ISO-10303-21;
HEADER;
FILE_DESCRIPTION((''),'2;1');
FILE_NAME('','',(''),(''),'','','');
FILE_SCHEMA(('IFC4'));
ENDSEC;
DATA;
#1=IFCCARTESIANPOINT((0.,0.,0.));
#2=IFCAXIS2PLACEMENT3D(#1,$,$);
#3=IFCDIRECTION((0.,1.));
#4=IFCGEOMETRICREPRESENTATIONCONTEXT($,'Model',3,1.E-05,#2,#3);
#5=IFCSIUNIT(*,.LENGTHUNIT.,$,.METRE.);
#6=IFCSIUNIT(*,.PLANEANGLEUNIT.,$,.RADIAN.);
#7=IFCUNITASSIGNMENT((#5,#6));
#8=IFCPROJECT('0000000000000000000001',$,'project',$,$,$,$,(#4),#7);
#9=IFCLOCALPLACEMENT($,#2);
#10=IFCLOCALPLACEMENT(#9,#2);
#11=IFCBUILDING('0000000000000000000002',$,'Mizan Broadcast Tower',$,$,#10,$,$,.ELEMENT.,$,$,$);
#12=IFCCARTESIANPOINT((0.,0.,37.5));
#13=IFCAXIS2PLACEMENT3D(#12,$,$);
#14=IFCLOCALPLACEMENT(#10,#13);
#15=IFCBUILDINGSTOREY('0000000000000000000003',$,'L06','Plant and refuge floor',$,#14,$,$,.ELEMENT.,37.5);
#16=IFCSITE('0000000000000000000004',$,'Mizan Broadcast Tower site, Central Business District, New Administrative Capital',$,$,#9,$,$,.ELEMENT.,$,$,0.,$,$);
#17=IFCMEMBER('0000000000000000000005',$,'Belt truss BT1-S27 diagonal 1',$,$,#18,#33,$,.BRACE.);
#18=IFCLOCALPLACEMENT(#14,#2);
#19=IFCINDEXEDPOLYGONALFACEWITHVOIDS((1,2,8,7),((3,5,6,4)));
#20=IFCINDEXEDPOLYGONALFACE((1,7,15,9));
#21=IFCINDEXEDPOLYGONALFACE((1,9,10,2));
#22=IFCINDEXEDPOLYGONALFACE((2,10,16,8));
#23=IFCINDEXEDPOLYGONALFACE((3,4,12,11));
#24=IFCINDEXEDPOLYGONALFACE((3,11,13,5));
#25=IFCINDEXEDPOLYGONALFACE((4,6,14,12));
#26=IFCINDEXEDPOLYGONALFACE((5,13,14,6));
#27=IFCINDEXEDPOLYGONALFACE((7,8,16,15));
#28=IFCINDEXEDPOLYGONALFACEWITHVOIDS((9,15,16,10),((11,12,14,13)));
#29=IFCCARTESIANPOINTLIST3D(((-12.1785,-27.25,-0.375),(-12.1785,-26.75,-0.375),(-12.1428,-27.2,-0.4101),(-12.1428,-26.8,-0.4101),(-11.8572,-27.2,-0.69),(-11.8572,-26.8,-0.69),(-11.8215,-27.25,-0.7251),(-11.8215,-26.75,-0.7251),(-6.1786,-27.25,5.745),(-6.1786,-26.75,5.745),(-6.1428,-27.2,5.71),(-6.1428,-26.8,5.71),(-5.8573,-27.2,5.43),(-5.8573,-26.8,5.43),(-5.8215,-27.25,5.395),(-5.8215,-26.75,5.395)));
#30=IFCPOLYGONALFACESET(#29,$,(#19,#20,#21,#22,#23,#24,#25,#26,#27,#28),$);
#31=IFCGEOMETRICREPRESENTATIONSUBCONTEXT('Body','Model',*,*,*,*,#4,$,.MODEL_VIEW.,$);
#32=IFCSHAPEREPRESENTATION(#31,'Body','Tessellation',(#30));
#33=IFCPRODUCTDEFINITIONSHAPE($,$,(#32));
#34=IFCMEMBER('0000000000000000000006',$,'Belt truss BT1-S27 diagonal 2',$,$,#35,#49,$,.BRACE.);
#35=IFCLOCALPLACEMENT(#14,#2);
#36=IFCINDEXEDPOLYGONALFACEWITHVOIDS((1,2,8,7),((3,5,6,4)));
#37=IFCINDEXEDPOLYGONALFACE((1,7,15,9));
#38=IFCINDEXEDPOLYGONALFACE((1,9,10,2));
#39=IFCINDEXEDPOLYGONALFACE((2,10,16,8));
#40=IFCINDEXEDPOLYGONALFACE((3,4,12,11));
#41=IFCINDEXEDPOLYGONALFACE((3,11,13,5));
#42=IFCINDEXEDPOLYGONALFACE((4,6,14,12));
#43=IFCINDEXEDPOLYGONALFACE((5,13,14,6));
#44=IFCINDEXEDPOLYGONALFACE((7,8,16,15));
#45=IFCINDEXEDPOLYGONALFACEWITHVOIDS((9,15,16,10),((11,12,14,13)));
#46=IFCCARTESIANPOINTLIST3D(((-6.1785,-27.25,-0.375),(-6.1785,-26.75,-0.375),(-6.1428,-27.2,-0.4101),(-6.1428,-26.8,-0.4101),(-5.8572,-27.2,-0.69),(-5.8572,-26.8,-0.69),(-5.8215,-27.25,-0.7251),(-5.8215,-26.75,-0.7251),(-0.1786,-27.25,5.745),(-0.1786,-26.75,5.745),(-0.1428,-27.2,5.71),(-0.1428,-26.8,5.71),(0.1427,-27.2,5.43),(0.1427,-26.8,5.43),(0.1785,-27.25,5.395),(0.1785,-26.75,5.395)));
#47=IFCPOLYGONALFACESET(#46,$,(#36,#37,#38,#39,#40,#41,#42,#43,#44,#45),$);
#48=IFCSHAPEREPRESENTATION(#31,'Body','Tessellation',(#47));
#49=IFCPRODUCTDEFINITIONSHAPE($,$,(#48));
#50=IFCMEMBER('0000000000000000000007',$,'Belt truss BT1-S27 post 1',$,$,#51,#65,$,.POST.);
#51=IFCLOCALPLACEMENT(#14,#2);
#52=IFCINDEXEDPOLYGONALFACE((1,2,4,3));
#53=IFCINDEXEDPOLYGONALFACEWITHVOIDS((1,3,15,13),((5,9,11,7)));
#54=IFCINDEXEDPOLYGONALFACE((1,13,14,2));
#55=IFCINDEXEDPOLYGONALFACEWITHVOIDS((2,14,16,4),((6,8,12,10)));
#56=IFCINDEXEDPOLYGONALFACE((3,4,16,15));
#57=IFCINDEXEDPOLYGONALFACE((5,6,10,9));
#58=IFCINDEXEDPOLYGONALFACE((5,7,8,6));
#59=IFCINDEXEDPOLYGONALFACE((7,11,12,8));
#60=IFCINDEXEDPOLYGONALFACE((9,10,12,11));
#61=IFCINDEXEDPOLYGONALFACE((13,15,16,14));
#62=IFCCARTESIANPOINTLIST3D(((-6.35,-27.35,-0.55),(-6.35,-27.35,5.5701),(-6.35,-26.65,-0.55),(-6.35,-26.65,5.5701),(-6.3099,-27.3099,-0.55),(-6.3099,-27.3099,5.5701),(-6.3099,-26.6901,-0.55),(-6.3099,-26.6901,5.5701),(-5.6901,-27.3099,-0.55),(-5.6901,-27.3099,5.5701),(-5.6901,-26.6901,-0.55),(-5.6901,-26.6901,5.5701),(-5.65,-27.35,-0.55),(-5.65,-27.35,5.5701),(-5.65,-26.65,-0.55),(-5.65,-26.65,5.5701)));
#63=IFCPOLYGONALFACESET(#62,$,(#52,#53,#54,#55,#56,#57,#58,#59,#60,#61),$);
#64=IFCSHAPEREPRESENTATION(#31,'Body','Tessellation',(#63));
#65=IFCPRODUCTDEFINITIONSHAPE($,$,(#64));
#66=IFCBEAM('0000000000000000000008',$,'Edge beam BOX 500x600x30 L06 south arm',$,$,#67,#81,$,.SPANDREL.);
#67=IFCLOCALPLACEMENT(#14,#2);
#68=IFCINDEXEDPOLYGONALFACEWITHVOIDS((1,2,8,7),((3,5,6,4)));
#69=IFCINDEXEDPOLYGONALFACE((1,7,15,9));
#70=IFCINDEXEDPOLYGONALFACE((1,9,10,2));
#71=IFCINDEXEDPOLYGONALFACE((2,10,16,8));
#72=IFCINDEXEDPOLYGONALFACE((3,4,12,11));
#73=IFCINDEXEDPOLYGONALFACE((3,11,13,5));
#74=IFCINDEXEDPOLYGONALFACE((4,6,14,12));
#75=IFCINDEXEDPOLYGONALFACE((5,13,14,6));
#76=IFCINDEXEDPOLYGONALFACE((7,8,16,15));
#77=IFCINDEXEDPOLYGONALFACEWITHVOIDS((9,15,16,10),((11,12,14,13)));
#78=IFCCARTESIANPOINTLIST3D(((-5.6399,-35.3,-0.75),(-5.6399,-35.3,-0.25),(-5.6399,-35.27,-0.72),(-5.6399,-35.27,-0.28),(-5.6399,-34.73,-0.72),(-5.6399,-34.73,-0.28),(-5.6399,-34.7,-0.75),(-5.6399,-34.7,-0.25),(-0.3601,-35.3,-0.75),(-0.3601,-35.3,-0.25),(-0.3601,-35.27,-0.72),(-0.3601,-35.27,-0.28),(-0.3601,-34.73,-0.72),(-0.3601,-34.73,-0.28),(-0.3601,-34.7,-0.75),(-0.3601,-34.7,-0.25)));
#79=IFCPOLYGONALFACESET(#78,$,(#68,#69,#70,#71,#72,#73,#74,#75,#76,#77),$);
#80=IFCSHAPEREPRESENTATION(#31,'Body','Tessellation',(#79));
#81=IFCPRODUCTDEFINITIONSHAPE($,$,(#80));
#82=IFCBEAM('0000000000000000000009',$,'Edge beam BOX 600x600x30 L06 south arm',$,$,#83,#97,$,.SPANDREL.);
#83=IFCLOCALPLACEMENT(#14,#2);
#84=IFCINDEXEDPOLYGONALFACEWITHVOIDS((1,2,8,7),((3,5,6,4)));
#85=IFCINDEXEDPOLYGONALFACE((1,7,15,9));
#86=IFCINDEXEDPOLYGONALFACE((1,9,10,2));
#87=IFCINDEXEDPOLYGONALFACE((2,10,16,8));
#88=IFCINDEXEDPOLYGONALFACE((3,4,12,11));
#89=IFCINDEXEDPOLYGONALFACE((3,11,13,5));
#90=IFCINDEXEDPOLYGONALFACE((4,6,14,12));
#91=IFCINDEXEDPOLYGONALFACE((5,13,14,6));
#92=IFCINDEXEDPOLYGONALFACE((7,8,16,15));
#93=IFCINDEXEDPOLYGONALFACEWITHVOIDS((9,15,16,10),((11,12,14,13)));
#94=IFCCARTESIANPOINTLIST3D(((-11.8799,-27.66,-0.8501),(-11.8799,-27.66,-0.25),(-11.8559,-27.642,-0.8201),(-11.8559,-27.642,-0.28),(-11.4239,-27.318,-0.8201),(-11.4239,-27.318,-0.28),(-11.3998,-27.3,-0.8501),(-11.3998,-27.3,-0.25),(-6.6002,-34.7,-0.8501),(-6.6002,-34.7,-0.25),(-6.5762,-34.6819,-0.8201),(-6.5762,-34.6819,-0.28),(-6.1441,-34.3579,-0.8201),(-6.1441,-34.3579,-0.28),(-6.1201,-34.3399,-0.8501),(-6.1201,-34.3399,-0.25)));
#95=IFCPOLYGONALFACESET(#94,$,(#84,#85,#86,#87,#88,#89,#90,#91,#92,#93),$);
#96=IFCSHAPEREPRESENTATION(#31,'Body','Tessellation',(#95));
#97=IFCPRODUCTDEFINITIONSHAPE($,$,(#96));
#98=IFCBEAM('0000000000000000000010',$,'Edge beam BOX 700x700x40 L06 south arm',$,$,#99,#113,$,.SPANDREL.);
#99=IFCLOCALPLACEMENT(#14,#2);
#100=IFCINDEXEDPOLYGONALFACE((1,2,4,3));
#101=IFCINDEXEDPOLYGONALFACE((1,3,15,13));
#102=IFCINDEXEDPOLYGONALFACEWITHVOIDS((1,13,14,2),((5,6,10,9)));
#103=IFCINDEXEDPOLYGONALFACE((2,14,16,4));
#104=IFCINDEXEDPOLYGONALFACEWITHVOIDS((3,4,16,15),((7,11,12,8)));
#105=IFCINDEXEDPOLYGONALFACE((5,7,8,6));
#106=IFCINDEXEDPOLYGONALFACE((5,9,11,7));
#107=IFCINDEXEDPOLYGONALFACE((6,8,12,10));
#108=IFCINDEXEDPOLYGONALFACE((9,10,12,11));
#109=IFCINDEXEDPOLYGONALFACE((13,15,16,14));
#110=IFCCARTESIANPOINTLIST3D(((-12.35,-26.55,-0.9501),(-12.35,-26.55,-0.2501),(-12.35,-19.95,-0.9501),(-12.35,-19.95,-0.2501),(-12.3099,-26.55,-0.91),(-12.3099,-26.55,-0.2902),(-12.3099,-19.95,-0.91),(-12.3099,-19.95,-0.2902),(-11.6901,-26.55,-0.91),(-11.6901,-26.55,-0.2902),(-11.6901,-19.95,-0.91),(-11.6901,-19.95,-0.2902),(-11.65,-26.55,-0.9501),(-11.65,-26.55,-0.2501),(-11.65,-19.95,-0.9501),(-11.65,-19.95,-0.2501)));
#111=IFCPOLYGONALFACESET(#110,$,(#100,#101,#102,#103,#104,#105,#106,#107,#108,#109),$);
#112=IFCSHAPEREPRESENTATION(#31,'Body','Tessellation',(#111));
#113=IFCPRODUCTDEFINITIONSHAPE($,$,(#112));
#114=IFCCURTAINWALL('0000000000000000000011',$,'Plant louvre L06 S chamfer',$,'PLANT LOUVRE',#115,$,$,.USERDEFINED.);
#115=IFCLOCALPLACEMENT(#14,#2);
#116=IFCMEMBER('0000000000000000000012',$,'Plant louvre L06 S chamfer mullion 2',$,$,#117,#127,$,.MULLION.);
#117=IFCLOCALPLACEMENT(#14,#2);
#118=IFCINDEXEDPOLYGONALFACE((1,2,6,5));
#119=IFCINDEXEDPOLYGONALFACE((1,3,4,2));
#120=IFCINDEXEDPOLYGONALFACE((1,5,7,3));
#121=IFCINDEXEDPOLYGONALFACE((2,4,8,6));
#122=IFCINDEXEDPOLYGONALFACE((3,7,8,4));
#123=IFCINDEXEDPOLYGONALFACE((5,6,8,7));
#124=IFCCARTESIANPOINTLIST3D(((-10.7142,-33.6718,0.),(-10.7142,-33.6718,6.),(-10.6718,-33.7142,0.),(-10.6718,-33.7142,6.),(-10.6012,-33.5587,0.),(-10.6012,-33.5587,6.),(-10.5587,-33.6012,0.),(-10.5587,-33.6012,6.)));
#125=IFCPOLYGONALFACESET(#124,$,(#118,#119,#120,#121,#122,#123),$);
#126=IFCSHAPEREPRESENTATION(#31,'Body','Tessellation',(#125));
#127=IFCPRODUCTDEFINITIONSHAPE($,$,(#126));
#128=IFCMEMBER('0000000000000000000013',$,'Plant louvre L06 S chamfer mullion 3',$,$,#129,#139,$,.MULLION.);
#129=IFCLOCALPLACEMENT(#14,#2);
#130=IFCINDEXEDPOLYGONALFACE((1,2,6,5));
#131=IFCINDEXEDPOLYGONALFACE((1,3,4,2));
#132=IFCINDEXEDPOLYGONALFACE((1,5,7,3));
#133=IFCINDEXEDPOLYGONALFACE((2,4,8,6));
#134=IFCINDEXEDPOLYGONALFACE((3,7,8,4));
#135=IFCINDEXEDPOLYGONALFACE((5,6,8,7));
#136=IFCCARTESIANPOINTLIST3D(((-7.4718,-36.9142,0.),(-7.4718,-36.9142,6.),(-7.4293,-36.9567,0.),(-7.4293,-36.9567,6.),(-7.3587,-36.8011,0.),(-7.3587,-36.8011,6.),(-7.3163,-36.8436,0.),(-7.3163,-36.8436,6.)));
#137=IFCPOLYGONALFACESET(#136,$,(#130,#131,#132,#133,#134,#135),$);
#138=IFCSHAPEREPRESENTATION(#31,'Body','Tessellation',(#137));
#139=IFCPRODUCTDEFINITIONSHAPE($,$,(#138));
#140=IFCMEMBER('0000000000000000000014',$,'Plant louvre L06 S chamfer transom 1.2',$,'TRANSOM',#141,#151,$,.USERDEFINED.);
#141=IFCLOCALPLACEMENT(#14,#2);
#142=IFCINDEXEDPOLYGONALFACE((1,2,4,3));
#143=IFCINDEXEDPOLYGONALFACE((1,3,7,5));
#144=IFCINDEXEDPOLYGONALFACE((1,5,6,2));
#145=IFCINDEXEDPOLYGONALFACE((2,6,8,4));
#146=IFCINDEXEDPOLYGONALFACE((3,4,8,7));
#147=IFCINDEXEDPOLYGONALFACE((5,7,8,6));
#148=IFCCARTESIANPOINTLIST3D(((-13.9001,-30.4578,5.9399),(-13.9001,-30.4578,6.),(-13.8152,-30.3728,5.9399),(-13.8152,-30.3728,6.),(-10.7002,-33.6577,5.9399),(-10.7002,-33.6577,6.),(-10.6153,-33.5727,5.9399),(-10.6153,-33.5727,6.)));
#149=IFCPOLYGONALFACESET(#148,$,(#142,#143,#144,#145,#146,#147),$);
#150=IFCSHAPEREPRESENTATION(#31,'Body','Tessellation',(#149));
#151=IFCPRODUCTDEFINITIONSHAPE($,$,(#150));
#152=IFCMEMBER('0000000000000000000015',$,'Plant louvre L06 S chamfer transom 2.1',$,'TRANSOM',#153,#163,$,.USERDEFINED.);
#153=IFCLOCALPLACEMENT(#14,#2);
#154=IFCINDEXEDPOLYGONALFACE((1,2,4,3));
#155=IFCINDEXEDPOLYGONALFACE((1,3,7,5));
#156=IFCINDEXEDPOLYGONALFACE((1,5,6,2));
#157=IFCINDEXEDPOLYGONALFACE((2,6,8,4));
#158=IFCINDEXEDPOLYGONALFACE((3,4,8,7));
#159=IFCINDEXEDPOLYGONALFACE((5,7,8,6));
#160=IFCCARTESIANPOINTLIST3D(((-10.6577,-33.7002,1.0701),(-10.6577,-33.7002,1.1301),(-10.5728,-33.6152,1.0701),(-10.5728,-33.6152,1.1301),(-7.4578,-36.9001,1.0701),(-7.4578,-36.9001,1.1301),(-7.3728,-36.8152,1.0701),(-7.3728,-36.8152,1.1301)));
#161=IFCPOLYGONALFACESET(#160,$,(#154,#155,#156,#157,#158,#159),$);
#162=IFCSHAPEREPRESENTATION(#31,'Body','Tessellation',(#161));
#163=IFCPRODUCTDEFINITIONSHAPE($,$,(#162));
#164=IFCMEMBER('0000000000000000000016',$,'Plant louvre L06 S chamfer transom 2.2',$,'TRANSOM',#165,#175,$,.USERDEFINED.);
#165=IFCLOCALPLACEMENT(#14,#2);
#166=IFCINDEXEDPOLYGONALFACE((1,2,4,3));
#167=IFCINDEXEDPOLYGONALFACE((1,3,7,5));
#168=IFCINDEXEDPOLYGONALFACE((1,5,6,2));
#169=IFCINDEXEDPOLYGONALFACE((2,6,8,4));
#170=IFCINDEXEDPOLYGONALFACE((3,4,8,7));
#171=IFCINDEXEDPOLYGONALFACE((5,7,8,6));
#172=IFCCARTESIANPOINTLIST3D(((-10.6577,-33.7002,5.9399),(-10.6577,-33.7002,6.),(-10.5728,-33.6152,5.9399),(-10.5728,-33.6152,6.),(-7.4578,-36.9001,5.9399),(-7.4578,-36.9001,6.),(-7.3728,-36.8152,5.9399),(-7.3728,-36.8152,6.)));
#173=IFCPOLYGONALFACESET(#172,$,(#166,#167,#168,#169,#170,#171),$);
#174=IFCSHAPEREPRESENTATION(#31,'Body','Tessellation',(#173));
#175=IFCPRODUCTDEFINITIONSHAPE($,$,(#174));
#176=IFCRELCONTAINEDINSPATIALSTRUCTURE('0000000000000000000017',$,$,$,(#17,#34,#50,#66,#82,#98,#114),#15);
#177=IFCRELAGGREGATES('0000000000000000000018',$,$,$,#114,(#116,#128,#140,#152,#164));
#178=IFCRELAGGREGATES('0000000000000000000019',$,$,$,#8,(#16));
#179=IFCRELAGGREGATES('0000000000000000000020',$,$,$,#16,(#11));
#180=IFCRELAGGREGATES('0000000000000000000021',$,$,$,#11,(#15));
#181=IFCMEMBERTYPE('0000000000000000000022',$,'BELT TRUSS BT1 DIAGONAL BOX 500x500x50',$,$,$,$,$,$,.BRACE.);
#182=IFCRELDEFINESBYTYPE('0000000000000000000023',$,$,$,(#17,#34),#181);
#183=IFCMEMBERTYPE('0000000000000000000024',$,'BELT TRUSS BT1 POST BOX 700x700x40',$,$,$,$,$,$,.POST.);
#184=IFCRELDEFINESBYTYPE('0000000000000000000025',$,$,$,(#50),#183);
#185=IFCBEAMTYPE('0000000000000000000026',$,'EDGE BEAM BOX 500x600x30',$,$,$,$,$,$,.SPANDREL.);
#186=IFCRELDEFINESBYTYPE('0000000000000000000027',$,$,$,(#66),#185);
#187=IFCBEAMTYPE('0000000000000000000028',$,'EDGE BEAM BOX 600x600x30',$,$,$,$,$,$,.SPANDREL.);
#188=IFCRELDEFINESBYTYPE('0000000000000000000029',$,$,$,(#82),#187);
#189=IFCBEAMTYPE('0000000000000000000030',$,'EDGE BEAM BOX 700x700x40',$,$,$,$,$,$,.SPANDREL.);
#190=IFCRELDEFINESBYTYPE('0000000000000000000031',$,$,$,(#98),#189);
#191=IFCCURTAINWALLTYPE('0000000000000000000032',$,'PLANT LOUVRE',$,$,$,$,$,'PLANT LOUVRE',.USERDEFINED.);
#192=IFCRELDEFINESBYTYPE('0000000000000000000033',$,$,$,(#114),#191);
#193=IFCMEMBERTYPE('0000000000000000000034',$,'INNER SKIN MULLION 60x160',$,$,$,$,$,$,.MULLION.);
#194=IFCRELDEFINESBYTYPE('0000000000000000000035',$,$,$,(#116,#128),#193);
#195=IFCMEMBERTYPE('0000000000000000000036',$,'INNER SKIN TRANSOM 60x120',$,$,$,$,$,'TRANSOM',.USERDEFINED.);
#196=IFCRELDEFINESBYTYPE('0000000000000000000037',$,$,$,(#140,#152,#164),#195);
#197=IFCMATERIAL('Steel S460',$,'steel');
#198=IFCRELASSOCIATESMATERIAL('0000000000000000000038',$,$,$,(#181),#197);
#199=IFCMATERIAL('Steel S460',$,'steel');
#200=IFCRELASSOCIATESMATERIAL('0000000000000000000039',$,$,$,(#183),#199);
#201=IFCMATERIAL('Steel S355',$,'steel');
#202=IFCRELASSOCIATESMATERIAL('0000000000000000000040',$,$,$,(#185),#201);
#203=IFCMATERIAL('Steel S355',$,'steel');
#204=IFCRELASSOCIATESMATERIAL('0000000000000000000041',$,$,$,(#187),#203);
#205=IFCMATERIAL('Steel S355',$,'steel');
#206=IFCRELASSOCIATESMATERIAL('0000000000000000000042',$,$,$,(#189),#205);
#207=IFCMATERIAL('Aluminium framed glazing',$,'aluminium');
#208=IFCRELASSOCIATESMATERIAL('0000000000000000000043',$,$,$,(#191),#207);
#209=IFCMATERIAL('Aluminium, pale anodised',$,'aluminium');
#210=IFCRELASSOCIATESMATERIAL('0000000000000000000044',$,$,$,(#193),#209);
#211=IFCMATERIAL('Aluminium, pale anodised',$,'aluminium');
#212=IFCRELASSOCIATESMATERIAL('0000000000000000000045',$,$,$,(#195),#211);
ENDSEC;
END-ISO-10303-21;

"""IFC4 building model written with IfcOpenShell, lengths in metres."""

from ifc_helpers import new_model, si_unit, direction, frame, origin, origin_2d, place, context, subcontext, project, spatial, rectangle, hollow_rectangle, extrude, material, material_profile, profile_set, type_object, element, aggregate, save


model = new_model("IFC4")

# Units and contexts
model_context = context("Model", 3, precision=1e-05, world=origin(), true_north=direction((0.0, 1.0)))
body_context = subcontext(model_context, "Body", "Model", "MODEL_VIEW")
ifc_project = project(units=[si_unit("LENGTHUNIT", "METRE"), si_unit("PLANEANGLEUNIT", "RADIAN")], contexts=[model_context])

# Site, building, storey
site_placement = place(None, origin())
site = spatial("IfcSite", under=ifc_project, at=site_placement, Name="Mizan Broadcast Tower site, Central Business District, New Administrative Capital", CompositionType="ELEMENT", RefElevation=0.0)
building_placement = place(site_placement, origin())
building = spatial("IfcBuilding", under=site, at=building_placement, Name="Mizan Broadcast Tower", CompositionType="ELEMENT")
storey_placement = place(building_placement, frame((0.0, 0.0, 37.5)))
storey = spatial("IfcBuildingStorey", under=building, at=storey_placement, Name="L06", Description="Plant and refuge floor", CompositionType="ELEMENT", Elevation=37.5)

# Members
ifc_material_1 = material(Name="Steel S460", Category="steel")
ifc_material_profile_1 = material_profile(ifc_material_1, hollow_rectangle(XDim=0.5, YDim=0.5, WallThickness=0.05, at=origin_2d()), Name="BOX 500x500x50")
ifc_profile_set_1 = profile_set([ifc_material_profile_1], Name="Steel S460")
member_type_1 = type_object("IfcMemberType", Name="BELT TRUSS BT1 DIAGONAL BOX 500x500x50", PredefinedType="BRACE", material=ifc_profile_set_1)
for number, where, z_axis, x_axis, name in (
    (1, (-12.0, -27.0, -0.55), (0.700065, 0.0, 0.71408), (0.0, 1.0, 0.0), "Belt truss BT1-S27 diagonal 1"),
    (2, (-6.0, -27.0, -0.55), (0.700065, 0.0, 0.71408), (0.0, 1.0, 0.0), "Belt truss BT1-S27 diagonal 2"),
):
    element("IfcMember", number, at=place(storey_placement, frame(where, z_axis=z_axis, x_axis=x_axis)), inside=storey, type_object=member_type_1, Name=name, PredefinedType="BRACE", context=body_context, shape_type="SweptSolid", body=[
        extrude(hollow_rectangle(XDim=0.5, YDim=0.5, WallThickness=0.05, at=origin_2d()), origin(), (0.0, 0.0, 1.0), 8.5706),
    ])
ifc_material_2 = material(Name="Steel S460", Category="steel")
ifc_material_profile_2 = material_profile(ifc_material_2, hollow_rectangle(XDim=0.7, YDim=0.7, WallThickness=0.04, at=origin_2d()), Name="BOX 700x700x40")
ifc_profile_set_2 = profile_set([ifc_material_profile_2], Name="Steel S460")
member_type_2 = type_object("IfcMemberType", Name="BELT TRUSS BT1 POST BOX 700x700x40", PredefinedType="POST", material=ifc_profile_set_2)
member_1_placement = place(storey_placement, frame((-6.0, -27.0, -0.55), z_axis=(0.0, 0.0, 1.0), x_axis=(1.0, 0.0, 0.0)))
element("IfcMember", 3, at=member_1_placement, inside=storey, type_object=member_type_2, Name="Belt truss BT1-S27 post 1", PredefinedType="POST", context=body_context, shape_type="SweptSolid", body=[
    extrude(hollow_rectangle(XDim=0.7, YDim=0.7, WallThickness=0.04, at=origin_2d()), origin(), (0.0, 0.0, 1.0), 6.1201),
])

# Beams
ifc_material_3 = material(Name="Steel S355", Category="steel")
ifc_material_profile_3 = material_profile(ifc_material_3, hollow_rectangle(XDim=0.6001, YDim=0.5, WallThickness=0.03, at=origin_2d()), Name="BOX 500x600x30")
ifc_profile_set_3 = profile_set([ifc_material_profile_3], Name="Steel S355")
beam_type_1 = type_object("IfcBeamType", Name="EDGE BEAM BOX 500x600x30", PredefinedType="SPANDREL", material=ifc_profile_set_3)
beam_1_placement = place(storey_placement, frame((-5.6399, -35.0, -0.5), z_axis=(1.0, 0.0, 0.0), x_axis=(0.0, 1.0, 0.0)))
element("IfcBeam", 4, at=beam_1_placement, inside=storey, type_object=beam_type_1, Name="Edge beam BOX 500x600x30 L06 south arm", PredefinedType="SPANDREL", context=body_context, shape_type="SweptSolid", body=[
    extrude(hollow_rectangle(XDim=0.6001, YDim=0.5, WallThickness=0.03, at=origin_2d()), origin(), (0.0, 0.0, 1.0), 5.2798),
])
ifc_material_4 = material(Name="Steel S355", Category="steel")
ifc_material_profile_4 = material_profile(ifc_material_4, hollow_rectangle(XDim=0.6001, YDim=0.6001, WallThickness=0.03, at=origin_2d()), Name="BOX 600x600x30")
ifc_profile_set_4 = profile_set([ifc_material_profile_4], Name="Steel S355")
beam_type_2 = type_object("IfcBeamType", Name="EDGE BEAM BOX 600x600x30", PredefinedType="SPANDREL", material=ifc_profile_set_4)
beam_2_placement = place(storey_placement, frame((-11.6399, -27.48, -0.55), z_axis=(0.599982, -0.800013, 0.0), x_axis=(0.800013, 0.599982, 0.0)))
element("IfcBeam", 5, at=beam_2_placement, inside=storey, type_object=beam_type_2, Name="Edge beam BOX 600x600x30 L06 south arm", PredefinedType="SPANDREL", context=body_context, shape_type="SweptSolid", body=[
    extrude(hollow_rectangle(XDim=0.6001, YDim=0.6001, WallThickness=0.03, at=origin_2d()), origin(), (0.0, 0.0, 1.0), 8.7998),
])
ifc_material_5 = material(Name="Steel S355", Category="steel")
ifc_material_profile_5 = material_profile(ifc_material_5, hollow_rectangle(XDim=0.7, YDim=0.7, WallThickness=0.04, at=origin_2d()), Name="BOX 700x700x40")
ifc_profile_set_5 = profile_set([ifc_material_profile_5], Name="Steel S355")
beam_type_3 = type_object("IfcBeamType", Name="EDGE BEAM BOX 700x700x40", PredefinedType="SPANDREL", material=ifc_profile_set_5)
beam_3_placement = place(storey_placement, frame((-12.0, -19.95, -0.6001), z_axis=(0.0, -1.0, 0.0), x_axis=(1.0, 0.0, 0.0)))
element("IfcBeam", 6, at=beam_3_placement, inside=storey, type_object=beam_type_3, Name="Edge beam BOX 700x700x40 L06 south arm", PredefinedType="SPANDREL", context=body_context, shape_type="SweptSolid", body=[
    extrude(hollow_rectangle(XDim=0.7, YDim=0.7, WallThickness=0.04, at=origin_2d()), origin(), (0.0, 0.0, 1.0), 6.6001),
])

# Curtain wall, members
ifc_material_6 = material(Name="Aluminium framed glazing", Category="aluminium")
curtain_wall_type = type_object("IfcCurtainWallType", Name="PLANT LOUVRE", ElementType="PLANT LOUVRE", PredefinedType="USERDEFINED", material=ifc_material_6)
curtain_wall_1_placement = place(storey_placement, origin())
curtain_wall_1 = element("IfcCurtainWall", 7, at=curtain_wall_1_placement, inside=storey, type_object=curtain_wall_type, Name="Plant louvre L06 S chamfer", ObjectType="PLANT LOUVRE", PredefinedType="USERDEFINED")
ifc_material_7 = material(Name="Aluminium, pale anodised", Category="aluminium")
ifc_material_profile_6 = material_profile(ifc_material_7, rectangle(XDim=0.1599, YDim=0.0601, at=origin_2d()), Name="MULLION 160x60")
ifc_profile_set_6 = profile_set([ifc_material_profile_6], Name="Aluminium, pale anodised")
member_type_3 = type_object("IfcMemberType", Name="INNER SKIN MULLION 60x160", PredefinedType="MULLION", material=ifc_profile_set_6)
member_2_placement = place(storey_placement, frame((-10.6365, -33.6365, 0.0), z_axis=(0.0, 0.0, 1.0), x_axis=(0.707107, 0.707107, 0.0)))
member_2 = element("IfcMember", 8, at=member_2_placement, type_object=member_type_3, Name="Plant louvre L06 S chamfer mullion 2", PredefinedType="MULLION", context=body_context, shape_type="SweptSolid", body=[
    extrude(rectangle(XDim=0.1599, YDim=0.0601, at=origin_2d()), origin(), (0.0, 0.0, 1.0), 6.0),
])
member_3_placement = place(storey_placement, frame((-7.394, -36.8789, 0.0), z_axis=(0.0, 0.0, 1.0), x_axis=(0.707107, 0.707107, 0.0)))
member_3 = element("IfcMember", 9, at=member_3_placement, type_object=member_type_3, Name="Plant louvre L06 S chamfer mullion 3", PredefinedType="MULLION", context=body_context, shape_type="SweptSolid", body=[
    extrude(rectangle(XDim=0.1599, YDim=0.0601, at=origin_2d()), origin(), (0.0, 0.0, 1.0), 6.0),
])
ifc_material_8 = material(Name="Aluminium, pale anodised", Category="aluminium")
ifc_material_profile_7 = material_profile(ifc_material_8, rectangle(XDim=0.1201, YDim=0.0601, at=origin_2d()), Name="TRANSOM 120x60")
ifc_profile_set_7 = profile_set([ifc_material_profile_7], Name="Aluminium, pale anodised")
member_type_4 = type_object("IfcMemberType", Name="INNER SKIN TRANSOM 60x120", ElementType="TRANSOM", PredefinedType="USERDEFINED", material=ifc_profile_set_7)
member_4_placement = place(storey_placement, frame((-13.8577, -30.4153, 5.97), z_axis=(0.707107, -0.707107, 0.0), x_axis=(0.707107, 0.707107, 0.0)))
member_4 = element("IfcMember", 10, at=member_4_placement, type_object=member_type_4, Name="Plant louvre L06 S chamfer transom 1.2", ObjectType="TRANSOM", PredefinedType="USERDEFINED", context=body_context, shape_type="SweptSolid", body=[
    extrude(rectangle(XDim=0.1201, YDim=0.0601, at=origin_2d()), origin(), (0.0, 0.0, 1.0), 4.5254),
])
member_5_placement = place(storey_placement, frame((-10.6152, -33.6577, 1.1001), z_axis=(0.707107, -0.707107, 0.0), x_axis=(0.707107, 0.707107, 0.0)))
member_5 = element("IfcMember", 11, at=member_5_placement, type_object=member_type_4, Name="Plant louvre L06 S chamfer transom 2.1", ObjectType="TRANSOM", PredefinedType="USERDEFINED", context=body_context, shape_type="SweptSolid", body=[
    extrude(rectangle(XDim=0.1201, YDim=0.0601, at=origin_2d()), origin(), (0.0, 0.0, 1.0), 4.5254),
])
member_6_placement = place(storey_placement, frame((-10.6152, -33.6577, 5.97), z_axis=(0.707107, -0.707107, 0.0), x_axis=(0.707107, 0.707107, 0.0)))
member_6 = element("IfcMember", 12, at=member_6_placement, type_object=member_type_4, Name="Plant louvre L06 S chamfer transom 2.2", ObjectType="TRANSOM", PredefinedType="USERDEFINED", context=body_context, shape_type="SweptSolid", body=[
    extrude(rectangle(XDim=0.1201, YDim=0.0601, at=origin_2d()), origin(), (0.0, 0.0, 1.0), 4.5254),
])

aggregate(curtain_wall_1, [member_2, member_3, member_4, member_5, member_6])

save(model, "model.ifc")
